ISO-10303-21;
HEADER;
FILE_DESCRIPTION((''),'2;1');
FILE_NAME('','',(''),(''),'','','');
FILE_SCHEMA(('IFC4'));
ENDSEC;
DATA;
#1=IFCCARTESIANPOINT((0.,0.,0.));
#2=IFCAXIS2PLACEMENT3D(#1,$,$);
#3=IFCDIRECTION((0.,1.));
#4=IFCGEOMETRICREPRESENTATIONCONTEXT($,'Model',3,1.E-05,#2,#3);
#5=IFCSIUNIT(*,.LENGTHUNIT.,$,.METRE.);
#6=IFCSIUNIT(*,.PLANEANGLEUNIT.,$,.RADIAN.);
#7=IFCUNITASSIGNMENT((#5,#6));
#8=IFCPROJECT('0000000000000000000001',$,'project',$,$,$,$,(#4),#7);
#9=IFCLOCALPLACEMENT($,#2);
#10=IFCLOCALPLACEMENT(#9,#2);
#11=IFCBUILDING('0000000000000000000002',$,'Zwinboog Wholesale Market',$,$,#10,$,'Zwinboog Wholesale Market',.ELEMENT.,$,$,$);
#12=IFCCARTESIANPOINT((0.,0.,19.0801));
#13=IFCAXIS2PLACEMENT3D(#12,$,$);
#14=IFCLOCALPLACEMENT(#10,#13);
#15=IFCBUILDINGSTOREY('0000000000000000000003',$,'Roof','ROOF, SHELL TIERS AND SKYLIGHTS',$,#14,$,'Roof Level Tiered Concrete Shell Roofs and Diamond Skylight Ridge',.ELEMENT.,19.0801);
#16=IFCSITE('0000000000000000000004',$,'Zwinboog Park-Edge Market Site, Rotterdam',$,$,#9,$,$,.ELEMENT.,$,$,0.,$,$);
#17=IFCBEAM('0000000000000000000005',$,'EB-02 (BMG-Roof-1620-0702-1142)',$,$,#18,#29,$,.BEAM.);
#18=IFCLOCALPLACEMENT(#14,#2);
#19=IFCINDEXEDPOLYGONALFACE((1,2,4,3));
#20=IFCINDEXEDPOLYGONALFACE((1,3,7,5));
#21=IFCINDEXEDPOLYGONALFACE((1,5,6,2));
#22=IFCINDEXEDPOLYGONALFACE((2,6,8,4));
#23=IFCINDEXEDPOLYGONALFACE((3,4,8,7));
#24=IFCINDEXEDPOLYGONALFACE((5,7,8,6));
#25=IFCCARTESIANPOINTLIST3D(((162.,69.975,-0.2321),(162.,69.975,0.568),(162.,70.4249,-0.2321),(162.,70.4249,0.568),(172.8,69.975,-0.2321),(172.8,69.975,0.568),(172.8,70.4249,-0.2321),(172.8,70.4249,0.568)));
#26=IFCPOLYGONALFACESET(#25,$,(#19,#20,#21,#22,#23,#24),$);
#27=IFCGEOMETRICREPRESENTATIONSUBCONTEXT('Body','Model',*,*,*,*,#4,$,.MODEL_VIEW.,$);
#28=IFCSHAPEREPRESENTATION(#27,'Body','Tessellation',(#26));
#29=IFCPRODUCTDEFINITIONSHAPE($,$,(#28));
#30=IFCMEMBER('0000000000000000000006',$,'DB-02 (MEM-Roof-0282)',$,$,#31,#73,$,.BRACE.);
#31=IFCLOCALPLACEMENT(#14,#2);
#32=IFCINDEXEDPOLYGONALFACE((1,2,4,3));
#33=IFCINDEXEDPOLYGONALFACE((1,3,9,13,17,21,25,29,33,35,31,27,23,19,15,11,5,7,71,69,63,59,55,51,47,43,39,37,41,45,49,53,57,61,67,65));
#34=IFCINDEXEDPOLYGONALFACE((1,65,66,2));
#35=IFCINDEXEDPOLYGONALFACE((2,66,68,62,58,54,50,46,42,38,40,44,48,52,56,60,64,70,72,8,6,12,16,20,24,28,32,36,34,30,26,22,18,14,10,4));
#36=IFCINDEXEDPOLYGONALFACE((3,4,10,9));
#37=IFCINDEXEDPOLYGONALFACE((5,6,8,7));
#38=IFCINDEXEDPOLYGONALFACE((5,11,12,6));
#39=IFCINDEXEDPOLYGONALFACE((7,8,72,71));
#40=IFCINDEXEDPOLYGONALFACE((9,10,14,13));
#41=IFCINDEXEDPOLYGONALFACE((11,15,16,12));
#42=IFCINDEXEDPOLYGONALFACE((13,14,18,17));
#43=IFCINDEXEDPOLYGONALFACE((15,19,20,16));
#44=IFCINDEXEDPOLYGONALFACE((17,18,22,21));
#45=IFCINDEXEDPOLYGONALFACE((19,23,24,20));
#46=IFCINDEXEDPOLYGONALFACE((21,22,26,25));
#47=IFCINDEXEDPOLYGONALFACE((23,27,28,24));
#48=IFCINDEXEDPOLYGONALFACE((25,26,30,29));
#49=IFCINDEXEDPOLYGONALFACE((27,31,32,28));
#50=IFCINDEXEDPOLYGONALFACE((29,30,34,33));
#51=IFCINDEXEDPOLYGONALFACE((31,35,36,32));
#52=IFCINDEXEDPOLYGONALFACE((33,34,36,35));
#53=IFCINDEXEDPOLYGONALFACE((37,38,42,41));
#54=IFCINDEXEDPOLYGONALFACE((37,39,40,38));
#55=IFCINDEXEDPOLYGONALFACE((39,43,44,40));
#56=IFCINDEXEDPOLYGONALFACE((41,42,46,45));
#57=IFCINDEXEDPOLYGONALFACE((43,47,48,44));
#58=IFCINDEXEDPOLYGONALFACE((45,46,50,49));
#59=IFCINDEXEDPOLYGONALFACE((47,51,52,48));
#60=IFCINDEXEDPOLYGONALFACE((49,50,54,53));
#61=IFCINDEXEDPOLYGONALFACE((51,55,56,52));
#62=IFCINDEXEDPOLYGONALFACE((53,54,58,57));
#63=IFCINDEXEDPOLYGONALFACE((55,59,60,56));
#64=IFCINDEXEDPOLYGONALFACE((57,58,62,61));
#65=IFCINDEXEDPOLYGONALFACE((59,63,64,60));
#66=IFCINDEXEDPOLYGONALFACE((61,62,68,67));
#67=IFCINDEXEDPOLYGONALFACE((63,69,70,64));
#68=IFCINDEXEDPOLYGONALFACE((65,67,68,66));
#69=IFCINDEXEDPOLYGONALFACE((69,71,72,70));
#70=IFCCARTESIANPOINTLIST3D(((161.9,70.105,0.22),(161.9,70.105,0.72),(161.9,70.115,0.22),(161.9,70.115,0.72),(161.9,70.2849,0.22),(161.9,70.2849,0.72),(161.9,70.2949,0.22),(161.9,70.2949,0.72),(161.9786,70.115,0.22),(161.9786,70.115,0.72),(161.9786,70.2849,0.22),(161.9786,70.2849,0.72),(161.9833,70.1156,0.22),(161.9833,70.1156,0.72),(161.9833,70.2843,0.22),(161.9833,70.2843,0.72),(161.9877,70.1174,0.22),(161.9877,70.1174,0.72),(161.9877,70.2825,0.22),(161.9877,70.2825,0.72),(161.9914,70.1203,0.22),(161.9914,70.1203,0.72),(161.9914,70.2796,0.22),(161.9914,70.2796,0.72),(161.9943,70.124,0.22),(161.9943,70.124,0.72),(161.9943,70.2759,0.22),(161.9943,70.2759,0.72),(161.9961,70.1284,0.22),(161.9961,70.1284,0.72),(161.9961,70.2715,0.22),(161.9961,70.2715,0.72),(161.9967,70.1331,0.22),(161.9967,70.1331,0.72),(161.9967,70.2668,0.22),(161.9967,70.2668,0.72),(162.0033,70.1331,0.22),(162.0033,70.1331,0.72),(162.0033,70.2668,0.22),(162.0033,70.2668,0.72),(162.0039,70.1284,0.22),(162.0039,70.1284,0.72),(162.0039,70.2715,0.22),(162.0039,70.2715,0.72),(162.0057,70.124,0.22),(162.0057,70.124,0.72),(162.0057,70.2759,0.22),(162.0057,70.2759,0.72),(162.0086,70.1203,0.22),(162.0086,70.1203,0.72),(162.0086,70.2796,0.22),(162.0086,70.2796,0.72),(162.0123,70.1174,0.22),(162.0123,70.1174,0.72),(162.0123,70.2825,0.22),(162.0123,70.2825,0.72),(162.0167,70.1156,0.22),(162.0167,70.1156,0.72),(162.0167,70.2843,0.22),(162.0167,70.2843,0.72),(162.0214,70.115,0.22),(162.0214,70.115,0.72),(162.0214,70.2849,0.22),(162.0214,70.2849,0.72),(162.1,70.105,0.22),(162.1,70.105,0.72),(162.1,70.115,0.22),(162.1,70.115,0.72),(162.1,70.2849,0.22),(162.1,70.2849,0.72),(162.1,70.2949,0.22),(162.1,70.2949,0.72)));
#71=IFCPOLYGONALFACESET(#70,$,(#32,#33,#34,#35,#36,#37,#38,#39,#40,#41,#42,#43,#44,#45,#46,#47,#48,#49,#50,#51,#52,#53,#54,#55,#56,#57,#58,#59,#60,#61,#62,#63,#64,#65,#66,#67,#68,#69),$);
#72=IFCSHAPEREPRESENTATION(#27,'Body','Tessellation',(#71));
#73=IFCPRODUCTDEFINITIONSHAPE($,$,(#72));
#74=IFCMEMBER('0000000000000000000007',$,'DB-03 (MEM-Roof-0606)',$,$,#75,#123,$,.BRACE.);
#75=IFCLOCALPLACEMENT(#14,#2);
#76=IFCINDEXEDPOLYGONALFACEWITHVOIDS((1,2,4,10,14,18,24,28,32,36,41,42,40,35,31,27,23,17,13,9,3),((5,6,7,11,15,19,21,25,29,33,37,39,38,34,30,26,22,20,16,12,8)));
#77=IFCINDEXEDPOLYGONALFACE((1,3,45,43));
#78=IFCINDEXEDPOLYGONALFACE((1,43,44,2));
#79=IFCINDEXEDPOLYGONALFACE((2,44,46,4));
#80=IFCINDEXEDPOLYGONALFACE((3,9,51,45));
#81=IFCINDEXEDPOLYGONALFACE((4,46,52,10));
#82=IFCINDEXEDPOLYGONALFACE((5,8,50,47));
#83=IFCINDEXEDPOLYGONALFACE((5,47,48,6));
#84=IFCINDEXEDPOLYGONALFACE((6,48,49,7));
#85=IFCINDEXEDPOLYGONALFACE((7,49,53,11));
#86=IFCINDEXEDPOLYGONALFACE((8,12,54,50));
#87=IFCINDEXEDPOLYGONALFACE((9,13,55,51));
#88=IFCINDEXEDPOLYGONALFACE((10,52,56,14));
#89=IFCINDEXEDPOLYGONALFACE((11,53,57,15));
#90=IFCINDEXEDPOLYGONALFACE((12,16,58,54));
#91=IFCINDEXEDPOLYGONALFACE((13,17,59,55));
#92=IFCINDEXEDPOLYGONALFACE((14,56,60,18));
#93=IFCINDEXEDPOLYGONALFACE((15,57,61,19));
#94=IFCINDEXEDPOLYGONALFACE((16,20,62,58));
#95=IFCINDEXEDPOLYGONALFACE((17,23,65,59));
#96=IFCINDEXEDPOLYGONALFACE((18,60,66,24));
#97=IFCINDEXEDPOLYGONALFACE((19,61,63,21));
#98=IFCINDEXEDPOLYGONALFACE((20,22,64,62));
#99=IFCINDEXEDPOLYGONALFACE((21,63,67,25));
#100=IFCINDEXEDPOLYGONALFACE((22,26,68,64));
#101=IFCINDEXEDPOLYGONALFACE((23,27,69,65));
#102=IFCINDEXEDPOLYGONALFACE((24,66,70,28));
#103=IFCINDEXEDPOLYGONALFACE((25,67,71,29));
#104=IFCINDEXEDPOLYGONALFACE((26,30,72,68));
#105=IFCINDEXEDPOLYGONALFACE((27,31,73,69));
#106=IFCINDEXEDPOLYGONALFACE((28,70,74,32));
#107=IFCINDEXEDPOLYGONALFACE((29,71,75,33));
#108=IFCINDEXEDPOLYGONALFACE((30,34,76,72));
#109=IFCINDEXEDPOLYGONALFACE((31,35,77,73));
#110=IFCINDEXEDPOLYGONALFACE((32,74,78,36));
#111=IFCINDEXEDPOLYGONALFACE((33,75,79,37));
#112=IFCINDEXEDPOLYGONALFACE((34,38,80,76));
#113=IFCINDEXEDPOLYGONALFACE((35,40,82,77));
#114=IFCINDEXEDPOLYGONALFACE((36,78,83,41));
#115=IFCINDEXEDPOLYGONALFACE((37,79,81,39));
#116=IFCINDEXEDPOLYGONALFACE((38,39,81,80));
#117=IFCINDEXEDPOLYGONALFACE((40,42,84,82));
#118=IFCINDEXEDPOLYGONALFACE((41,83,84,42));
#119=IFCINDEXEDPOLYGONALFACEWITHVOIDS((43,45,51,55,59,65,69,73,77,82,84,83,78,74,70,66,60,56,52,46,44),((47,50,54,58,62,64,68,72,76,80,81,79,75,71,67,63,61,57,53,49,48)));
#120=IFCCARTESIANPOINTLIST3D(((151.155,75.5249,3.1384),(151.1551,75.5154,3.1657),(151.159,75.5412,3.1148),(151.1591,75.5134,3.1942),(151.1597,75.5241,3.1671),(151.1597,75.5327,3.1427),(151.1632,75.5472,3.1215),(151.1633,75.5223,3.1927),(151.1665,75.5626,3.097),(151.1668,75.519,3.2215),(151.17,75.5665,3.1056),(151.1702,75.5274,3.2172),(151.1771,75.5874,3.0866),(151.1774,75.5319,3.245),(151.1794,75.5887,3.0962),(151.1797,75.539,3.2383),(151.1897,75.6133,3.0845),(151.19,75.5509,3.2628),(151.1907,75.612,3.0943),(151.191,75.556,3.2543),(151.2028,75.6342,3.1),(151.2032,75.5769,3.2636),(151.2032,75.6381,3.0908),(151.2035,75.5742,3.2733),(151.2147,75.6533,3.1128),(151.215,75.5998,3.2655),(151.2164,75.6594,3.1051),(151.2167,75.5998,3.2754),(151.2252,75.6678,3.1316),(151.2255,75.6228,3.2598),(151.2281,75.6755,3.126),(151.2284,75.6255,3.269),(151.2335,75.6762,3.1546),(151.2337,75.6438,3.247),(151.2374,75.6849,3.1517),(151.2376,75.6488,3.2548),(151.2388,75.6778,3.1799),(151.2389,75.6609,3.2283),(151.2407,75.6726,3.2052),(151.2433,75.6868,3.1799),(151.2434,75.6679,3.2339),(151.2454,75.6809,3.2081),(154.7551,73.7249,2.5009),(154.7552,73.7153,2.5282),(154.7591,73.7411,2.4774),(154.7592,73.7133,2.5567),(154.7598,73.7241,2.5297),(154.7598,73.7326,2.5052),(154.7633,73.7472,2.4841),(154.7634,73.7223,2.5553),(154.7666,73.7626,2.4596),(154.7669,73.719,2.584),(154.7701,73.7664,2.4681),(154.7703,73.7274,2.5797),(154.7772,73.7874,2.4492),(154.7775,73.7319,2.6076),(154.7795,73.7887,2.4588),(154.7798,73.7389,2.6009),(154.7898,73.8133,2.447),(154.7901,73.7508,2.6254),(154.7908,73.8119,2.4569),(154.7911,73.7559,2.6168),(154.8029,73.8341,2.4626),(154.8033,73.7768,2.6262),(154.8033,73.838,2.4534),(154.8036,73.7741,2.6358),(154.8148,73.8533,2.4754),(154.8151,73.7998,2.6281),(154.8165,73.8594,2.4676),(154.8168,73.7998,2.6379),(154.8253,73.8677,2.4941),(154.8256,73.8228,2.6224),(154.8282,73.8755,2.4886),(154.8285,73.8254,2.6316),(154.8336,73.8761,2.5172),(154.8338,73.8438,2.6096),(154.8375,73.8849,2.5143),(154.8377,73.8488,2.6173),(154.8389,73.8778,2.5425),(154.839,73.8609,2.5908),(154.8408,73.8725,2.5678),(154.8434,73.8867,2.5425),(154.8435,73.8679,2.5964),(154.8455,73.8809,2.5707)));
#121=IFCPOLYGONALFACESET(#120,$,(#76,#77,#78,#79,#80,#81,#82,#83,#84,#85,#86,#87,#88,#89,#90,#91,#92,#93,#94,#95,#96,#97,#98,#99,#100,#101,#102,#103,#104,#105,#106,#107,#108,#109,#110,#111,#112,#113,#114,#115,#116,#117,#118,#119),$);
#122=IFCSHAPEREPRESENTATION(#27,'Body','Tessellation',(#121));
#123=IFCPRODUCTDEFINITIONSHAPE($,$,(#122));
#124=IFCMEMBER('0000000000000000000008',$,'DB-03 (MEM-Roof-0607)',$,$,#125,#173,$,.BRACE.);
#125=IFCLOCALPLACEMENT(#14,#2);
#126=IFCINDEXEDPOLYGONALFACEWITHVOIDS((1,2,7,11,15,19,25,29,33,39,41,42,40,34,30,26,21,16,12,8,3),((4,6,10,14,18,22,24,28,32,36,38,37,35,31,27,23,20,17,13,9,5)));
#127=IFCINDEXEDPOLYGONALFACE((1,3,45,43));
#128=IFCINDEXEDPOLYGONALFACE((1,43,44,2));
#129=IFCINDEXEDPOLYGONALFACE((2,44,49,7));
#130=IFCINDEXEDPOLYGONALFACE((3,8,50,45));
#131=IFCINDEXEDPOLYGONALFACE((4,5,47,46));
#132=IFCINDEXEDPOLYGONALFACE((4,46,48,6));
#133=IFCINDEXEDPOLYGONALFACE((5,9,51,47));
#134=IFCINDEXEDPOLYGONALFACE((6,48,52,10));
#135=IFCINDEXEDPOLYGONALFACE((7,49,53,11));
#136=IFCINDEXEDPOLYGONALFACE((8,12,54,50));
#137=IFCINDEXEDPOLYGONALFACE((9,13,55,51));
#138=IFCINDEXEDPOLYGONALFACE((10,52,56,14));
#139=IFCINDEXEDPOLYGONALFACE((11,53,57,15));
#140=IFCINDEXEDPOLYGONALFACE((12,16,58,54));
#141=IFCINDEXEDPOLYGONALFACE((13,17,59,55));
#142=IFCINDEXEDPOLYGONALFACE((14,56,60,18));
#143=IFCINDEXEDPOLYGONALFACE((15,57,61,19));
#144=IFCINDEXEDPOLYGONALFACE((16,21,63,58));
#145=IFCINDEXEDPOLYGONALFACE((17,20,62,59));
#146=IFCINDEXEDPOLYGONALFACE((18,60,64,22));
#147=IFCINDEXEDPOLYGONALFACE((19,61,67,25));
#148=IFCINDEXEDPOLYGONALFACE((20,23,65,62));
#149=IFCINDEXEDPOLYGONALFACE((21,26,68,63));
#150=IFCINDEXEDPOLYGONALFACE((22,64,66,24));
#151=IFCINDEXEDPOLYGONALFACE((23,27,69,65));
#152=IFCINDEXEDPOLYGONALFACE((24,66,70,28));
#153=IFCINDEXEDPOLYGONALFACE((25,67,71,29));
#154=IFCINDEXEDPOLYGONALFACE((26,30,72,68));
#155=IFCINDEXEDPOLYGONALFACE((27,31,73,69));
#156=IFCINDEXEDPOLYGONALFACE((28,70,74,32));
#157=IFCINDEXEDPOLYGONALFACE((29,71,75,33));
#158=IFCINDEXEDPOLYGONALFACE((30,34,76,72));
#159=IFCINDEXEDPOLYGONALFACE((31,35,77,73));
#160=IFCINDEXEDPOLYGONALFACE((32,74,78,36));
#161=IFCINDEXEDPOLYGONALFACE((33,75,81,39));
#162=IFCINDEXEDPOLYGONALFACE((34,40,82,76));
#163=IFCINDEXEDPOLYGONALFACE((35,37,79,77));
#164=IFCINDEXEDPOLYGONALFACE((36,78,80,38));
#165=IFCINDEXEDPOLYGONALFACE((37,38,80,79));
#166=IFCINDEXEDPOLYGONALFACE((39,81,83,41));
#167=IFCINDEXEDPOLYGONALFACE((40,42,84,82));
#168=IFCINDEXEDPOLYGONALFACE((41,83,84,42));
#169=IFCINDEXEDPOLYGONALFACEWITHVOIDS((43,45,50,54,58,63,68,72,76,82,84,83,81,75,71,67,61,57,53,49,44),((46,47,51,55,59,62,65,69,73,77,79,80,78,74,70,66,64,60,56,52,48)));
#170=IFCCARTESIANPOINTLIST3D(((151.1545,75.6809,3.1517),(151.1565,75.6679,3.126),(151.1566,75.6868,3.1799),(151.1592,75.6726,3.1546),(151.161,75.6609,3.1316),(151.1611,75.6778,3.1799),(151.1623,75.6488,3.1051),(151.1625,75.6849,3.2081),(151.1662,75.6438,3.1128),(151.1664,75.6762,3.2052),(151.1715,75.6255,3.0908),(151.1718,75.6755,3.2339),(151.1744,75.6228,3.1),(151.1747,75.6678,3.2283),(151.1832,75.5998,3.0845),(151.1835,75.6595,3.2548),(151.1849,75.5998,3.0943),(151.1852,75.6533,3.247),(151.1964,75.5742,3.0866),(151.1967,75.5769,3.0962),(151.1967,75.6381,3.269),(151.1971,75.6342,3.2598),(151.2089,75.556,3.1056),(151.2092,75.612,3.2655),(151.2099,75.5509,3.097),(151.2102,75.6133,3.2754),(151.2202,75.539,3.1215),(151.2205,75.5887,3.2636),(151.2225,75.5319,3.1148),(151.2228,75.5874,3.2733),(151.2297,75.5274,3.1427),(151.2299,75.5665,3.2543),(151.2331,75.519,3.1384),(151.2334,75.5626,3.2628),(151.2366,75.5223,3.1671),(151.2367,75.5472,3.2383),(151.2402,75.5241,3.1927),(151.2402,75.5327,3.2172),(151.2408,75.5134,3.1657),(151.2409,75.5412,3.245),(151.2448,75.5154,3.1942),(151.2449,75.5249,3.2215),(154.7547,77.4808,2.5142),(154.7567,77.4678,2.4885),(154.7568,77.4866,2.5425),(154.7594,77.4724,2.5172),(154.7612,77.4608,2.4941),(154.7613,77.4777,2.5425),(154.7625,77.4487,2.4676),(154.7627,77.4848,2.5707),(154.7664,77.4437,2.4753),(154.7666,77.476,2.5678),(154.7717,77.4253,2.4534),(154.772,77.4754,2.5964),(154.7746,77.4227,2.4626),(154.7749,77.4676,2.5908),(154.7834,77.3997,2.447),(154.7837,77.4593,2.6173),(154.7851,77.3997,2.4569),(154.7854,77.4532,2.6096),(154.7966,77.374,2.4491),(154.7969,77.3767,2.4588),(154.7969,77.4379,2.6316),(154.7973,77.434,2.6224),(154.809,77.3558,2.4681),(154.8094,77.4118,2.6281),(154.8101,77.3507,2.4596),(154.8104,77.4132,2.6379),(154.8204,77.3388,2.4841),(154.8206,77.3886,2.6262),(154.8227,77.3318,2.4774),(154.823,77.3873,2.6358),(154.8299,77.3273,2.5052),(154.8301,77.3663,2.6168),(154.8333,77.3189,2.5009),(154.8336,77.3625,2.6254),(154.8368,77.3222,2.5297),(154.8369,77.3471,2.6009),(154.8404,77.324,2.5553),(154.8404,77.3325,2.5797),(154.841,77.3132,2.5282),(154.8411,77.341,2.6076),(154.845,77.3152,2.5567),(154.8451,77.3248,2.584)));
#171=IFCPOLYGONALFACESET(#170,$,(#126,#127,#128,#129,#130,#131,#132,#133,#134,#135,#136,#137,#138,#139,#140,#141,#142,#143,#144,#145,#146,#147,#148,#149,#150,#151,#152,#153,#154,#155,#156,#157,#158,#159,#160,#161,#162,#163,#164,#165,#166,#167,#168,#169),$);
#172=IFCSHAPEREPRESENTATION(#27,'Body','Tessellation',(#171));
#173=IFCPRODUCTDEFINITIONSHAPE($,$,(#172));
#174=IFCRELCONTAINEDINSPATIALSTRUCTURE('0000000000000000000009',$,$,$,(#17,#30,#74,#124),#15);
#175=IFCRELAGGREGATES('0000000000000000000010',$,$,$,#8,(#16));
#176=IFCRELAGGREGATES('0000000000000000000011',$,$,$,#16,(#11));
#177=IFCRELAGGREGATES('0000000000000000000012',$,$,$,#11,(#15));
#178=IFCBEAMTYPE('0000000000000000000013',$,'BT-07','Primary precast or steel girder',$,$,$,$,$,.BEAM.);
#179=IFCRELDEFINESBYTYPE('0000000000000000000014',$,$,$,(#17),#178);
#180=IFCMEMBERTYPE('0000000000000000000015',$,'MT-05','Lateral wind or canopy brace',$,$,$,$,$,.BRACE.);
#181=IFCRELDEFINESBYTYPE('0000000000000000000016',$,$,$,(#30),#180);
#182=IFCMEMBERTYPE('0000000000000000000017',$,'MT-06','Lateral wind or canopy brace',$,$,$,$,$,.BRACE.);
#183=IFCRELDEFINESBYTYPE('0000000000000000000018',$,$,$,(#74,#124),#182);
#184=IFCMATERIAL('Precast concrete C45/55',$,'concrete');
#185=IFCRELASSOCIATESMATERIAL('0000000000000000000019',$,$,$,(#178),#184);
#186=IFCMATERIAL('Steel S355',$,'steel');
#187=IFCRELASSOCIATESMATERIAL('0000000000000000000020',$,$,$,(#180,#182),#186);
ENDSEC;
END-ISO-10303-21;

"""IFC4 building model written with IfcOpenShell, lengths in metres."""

from ifc_helpers import new_model, si_unit, direction, frame, origin, origin_2d, place, context, subcontext, project, spatial, rectangle, hollow_circle, i_section, extrude, material, material_profile, profile_set, type_object, element, save


model = new_model("IFC4")

# Units and contexts
model_context = context("Model", 3, precision=1e-05, world=origin(), true_north=direction((0.0, 1.0)))
body_context = subcontext(model_context, "Body", "Model", "MODEL_VIEW")
ifc_project = project(units=[si_unit("LENGTHUNIT", "METRE"), si_unit("PLANEANGLEUNIT", "RADIAN")], contexts=[model_context])

# Site, building, storey
site_placement = place(None, origin())
site = spatial("IfcSite", under=ifc_project, at=site_placement, Name="Zwinboog Park-Edge Market Site, Rotterdam", CompositionType="ELEMENT", RefElevation=0.0)
building_placement = place(site_placement, origin())
building = spatial("IfcBuilding", under=site, at=building_placement, Name="Zwinboog Wholesale Market", LongName="Zwinboog Wholesale Market", CompositionType="ELEMENT")
storey_placement = place(building_placement, frame((0.0, 0.0, 19.0801)))
storey = spatial("IfcBuildingStorey", under=building, at=storey_placement, Name="Roof", Description="ROOF, SHELL TIERS AND SKYLIGHTS", LongName="Roof Level Tiered Concrete Shell Roofs and Diamond Skylight Ridge", CompositionType="ELEMENT", Elevation=19.0801)

# Beam
ifc_material_1 = material(Name="Precast concrete C45/55", Category="concrete")
ifc_material_profile_1 = material_profile(ifc_material_1, rectangle(XDim=0.45, YDim=0.8, at=origin_2d()), Name="PC 450x800")
ifc_profile_set_1 = profile_set([ifc_material_profile_1], Name="Precast concrete C45/55")
beam_type = type_object("IfcBeamType", Name="BT-07", Description="Primary precast or steel girder", PredefinedType="BEAM", material=ifc_profile_set_1)
beam_placement = place(storey_placement, frame((162.0, 70.2, 0.168), z_axis=(1.0, 0.0, 0.0), x_axis=(0.0, 1.0, 0.0)))
element("IfcBeam", 1, at=beam_placement, inside=storey, type_object=beam_type, Name="EB-02 (BMG-Roof-1620-0702-1142)", PredefinedType="BEAM", context=body_context, shape_type="SweptSolid", body=[
    extrude(rectangle(XDim=0.45, YDim=0.8, at=origin_2d()), origin(), (0.0, 0.0, 1.0), 10.8),
])

# Members
ifc_material_2 = material(Name="Steel S355", Category="steel")
ifc_material_profile_2 = material_profile(ifc_material_2, i_section(OverallWidth=0.2, OverallDepth=0.1899, WebThickness=0.0066, FlangeThickness=0.01, FilletRadius=0.0181, at=origin_2d()), Name="HEA 200")
ifc_profile_set_2 = profile_set([ifc_material_profile_2], Name="Steel S355")
member_type_1 = type_object("IfcMemberType", Name="MT-05", Description="Lateral wind or canopy brace", PredefinedType="BRACE", material=ifc_profile_set_2)
member_placement = place(storey_placement, frame((162.0, 70.2, 0.22), z_axis=(0.0, 0.0, 1.0), x_axis=(1.0, 0.0, 0.0)))
element("IfcMember", 2, at=member_placement, inside=storey, type_object=member_type_1, Name="DB-02 (MEM-Roof-0282)", PredefinedType="BRACE", context=body_context, shape_type="SweptSolid", body=[
    extrude(i_section(OverallWidth=0.2, OverallDepth=0.1899, WebThickness=0.0066, FlangeThickness=0.01, FilletRadius=0.0181, at=origin_2d()), origin(), (0.0, 0.0, 1.0), 0.5),
])
ifc_material_profile_3 = material_profile(ifc_material_2, hollow_circle(Radius=0.0969, WallThickness=0.01, at=origin_2d()), Name="CHS 193.7x10")
ifc_profile_set_3 = profile_set([ifc_material_profile_3], Name="Steel S355")
member_type_2 = type_object("IfcMemberType", Name="MT-06", Description="Lateral wind or canopy brace", PredefinedType="BRACE", material=ifc_profile_set_3)
for number, where, z_axis, x_axis, name in (
    (3, (151.2, 75.6001, 3.1799), (0.883417, -0.441709, -0.156422), (0.447214, 0.894427, 0.0), "DB-03 (MEM-Roof-0606)"),
    (4, (151.2, 75.6001, 3.1799), (0.88344, 0.44166, -0.156426), (-0.447165, 0.894451, 0.0), "DB-03 (MEM-Roof-0607)"),
):
    element("IfcMember", number, at=place(storey_placement, frame(where, z_axis=z_axis, x_axis=x_axis)), inside=storey, type_object=member_type_2, Name=name, PredefinedType="BRACE", context=body_context, shape_type="SweptSolid", body=[
        extrude(hollow_circle(Radius=0.0969, WallThickness=0.01, at=origin_2d()), origin(), (0.0, 0.0, 1.0), 4.0752),
    ])

save(model, "model.ifc")
